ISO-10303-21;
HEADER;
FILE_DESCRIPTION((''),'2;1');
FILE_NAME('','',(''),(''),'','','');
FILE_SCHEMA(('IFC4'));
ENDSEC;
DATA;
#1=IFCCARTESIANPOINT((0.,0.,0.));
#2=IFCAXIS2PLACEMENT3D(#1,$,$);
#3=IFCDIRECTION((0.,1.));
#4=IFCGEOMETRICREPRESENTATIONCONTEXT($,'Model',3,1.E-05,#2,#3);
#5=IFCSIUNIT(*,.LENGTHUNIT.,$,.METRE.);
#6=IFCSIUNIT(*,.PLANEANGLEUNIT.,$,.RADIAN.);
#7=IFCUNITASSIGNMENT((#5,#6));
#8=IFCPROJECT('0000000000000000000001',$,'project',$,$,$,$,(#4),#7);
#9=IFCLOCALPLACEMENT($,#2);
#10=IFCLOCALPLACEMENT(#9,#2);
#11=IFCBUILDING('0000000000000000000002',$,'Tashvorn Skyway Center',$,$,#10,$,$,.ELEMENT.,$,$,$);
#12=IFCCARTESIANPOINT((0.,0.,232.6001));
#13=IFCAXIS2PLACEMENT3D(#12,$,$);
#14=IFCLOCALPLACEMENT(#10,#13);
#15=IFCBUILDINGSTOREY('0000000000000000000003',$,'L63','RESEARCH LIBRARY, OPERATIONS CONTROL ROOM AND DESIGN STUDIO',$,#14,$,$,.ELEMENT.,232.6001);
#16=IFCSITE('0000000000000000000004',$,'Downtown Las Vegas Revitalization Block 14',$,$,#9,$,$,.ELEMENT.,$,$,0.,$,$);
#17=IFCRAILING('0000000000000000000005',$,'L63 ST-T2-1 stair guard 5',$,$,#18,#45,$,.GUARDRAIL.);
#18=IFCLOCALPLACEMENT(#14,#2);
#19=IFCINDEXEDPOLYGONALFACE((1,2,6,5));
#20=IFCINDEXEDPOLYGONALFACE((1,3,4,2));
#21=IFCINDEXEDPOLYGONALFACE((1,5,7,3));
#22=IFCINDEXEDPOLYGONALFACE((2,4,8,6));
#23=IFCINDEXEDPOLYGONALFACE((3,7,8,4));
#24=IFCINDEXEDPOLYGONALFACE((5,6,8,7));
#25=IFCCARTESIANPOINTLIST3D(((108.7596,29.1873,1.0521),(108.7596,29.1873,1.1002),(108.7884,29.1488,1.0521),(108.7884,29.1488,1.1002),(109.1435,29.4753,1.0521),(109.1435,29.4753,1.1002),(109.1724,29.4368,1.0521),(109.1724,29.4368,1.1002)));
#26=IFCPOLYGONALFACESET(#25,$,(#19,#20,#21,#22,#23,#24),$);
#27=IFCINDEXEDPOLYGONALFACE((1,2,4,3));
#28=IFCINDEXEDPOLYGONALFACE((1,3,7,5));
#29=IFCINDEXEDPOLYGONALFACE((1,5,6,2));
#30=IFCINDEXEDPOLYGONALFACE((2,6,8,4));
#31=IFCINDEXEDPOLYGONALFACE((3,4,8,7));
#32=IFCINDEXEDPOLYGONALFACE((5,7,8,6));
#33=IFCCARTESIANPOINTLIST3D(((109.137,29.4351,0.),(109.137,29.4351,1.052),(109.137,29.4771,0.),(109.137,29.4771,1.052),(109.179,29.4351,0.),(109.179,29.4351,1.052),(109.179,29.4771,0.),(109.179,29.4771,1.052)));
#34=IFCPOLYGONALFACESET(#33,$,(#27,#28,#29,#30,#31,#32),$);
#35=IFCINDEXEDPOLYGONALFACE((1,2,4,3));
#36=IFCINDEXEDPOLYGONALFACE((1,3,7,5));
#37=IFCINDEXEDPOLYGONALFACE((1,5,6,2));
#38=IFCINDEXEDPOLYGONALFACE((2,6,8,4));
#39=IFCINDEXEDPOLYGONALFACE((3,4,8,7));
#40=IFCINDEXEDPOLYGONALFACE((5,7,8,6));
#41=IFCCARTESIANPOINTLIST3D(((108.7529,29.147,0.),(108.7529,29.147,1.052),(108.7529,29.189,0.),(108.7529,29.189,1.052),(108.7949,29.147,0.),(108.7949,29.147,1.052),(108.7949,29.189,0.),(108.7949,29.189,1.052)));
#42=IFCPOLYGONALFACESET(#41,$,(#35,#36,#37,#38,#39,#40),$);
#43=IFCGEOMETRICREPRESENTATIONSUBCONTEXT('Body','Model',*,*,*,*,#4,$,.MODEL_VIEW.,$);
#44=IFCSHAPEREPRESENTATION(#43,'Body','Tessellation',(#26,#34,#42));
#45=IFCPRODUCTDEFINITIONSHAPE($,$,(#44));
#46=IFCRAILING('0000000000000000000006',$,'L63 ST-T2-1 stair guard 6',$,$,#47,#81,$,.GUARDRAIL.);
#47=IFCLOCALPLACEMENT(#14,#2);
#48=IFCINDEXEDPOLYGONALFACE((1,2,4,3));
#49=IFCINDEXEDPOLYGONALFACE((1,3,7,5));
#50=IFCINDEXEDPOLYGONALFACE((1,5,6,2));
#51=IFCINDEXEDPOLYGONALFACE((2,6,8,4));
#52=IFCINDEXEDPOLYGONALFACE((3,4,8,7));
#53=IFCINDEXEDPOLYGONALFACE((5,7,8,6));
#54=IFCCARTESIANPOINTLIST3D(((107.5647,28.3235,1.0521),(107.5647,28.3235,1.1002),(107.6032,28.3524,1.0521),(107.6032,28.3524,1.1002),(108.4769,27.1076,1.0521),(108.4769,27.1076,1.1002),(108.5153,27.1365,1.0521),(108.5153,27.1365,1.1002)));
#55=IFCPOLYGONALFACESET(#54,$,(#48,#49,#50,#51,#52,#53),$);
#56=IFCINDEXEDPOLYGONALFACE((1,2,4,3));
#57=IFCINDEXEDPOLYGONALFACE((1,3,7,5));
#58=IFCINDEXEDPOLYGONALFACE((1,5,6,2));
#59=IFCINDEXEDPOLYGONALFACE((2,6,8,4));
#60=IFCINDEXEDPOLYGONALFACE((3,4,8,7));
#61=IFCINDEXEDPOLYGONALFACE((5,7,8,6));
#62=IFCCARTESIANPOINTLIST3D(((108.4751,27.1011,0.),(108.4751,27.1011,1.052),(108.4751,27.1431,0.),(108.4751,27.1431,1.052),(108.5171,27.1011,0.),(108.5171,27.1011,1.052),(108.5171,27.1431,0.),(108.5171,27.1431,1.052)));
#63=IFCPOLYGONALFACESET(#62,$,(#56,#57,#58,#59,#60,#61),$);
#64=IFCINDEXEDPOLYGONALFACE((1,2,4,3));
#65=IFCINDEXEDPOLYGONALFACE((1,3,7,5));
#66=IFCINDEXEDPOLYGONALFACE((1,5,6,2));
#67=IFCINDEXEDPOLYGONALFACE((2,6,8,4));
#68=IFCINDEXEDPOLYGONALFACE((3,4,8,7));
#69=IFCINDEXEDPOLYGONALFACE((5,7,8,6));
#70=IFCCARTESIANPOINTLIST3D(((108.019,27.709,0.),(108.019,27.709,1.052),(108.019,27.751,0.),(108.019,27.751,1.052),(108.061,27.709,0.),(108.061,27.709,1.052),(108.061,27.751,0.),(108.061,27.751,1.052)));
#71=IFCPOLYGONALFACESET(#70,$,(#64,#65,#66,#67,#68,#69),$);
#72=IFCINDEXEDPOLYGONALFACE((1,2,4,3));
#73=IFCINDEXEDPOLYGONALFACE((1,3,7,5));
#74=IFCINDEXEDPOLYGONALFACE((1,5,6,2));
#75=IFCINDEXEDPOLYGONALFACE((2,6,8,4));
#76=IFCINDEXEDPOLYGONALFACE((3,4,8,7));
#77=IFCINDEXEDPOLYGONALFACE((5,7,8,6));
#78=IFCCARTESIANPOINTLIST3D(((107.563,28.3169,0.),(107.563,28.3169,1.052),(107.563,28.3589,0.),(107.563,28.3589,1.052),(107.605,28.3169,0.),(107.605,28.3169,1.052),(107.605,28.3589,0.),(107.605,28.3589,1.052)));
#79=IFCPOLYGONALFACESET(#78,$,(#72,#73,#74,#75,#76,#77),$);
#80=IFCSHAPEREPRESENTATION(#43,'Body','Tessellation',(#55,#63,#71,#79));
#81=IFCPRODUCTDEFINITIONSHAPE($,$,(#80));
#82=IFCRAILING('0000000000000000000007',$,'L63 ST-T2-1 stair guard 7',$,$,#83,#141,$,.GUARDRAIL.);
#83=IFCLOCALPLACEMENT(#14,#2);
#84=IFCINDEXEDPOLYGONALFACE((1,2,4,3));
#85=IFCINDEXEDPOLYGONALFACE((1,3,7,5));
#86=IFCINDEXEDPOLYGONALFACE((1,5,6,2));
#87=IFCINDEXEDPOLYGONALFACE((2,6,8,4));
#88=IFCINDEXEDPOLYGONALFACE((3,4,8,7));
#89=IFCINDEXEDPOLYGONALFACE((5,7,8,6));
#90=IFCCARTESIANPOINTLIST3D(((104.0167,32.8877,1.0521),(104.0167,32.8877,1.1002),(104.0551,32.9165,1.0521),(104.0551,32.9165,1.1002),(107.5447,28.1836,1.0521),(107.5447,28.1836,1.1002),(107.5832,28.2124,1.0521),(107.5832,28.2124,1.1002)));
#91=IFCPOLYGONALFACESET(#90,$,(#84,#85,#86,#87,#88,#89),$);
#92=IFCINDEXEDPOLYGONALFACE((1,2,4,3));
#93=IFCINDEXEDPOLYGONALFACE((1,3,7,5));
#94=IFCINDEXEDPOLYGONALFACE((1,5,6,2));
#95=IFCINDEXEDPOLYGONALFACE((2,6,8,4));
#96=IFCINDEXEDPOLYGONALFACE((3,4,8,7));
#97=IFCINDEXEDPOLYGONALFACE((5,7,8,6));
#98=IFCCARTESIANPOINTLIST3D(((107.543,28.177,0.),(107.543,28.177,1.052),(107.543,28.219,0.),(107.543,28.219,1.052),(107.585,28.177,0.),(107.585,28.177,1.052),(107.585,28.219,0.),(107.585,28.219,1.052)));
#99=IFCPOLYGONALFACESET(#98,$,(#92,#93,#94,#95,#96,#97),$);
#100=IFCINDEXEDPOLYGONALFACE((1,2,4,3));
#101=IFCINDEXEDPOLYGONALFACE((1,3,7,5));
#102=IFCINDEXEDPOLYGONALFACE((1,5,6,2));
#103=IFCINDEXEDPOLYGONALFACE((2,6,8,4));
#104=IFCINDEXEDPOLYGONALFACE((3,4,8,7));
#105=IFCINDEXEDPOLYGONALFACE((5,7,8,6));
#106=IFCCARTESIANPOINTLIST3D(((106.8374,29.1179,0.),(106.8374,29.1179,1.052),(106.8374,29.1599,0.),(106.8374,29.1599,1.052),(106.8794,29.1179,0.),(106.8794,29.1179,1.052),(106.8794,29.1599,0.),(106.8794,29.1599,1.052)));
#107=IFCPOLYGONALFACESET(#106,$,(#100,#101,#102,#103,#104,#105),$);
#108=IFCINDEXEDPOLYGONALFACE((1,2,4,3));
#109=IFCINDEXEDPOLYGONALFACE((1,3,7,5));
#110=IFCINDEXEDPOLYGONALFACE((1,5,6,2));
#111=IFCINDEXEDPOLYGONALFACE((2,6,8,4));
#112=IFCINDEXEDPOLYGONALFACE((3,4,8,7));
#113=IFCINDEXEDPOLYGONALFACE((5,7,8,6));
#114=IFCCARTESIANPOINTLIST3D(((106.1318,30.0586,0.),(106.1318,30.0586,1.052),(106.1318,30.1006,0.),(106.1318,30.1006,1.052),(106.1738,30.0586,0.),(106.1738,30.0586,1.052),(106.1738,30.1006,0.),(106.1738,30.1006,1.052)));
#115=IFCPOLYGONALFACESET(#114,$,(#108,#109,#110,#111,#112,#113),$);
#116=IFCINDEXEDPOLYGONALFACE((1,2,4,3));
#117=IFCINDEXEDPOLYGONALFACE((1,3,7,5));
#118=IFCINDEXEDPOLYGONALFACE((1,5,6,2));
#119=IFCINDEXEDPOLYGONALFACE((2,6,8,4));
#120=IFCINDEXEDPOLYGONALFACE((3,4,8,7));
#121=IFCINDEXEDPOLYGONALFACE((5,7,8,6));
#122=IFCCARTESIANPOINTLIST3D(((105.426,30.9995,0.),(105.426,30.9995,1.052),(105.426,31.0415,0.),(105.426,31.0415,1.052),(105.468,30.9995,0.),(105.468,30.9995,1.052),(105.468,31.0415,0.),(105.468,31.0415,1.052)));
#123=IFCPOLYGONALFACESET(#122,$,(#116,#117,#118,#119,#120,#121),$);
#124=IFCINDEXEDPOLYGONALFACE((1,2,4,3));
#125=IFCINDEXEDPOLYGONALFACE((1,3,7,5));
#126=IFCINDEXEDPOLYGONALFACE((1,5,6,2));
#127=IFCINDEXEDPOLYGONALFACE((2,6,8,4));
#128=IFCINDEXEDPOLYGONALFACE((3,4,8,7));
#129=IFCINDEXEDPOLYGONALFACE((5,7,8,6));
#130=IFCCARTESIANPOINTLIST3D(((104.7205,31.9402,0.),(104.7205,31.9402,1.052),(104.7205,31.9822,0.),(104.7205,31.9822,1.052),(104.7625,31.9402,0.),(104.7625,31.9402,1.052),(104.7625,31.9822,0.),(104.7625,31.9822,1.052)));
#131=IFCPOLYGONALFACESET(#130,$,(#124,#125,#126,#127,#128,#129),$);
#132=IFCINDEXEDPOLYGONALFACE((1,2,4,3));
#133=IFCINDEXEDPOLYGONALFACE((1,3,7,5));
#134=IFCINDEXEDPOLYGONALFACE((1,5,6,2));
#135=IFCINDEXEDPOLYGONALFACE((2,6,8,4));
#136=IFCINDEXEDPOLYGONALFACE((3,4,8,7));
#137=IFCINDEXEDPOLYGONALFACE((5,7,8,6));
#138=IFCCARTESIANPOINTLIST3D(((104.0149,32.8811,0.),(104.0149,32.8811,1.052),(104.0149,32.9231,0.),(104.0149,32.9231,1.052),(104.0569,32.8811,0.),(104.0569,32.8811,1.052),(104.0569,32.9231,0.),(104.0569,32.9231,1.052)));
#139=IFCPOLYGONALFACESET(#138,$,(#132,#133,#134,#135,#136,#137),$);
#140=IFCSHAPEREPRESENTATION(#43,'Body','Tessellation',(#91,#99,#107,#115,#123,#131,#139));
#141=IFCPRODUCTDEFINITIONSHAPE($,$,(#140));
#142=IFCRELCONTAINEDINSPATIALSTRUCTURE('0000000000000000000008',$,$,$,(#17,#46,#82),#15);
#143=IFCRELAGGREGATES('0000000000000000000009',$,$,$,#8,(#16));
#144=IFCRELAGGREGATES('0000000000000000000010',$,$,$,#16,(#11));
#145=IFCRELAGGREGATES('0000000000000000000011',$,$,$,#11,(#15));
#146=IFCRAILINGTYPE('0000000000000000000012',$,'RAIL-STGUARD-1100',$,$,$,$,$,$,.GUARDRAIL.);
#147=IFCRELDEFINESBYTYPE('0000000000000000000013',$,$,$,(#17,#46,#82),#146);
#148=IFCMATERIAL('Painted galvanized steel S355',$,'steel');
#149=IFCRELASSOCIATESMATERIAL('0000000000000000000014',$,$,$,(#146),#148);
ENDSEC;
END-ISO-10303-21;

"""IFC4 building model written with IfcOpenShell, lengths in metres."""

from ifc_helpers import new_model, si_unit, direction, frame, origin, origin_2d, place, context, subcontext, project, spatial, rectangle, extrude, material, type_object, element, save


model = new_model("IFC4")

# Units and contexts
model_context = context("Model", 3, precision=1e-05, world=origin(), true_north=direction((0.0, 1.0)))
body_context = subcontext(model_context, "Body", "Model", "MODEL_VIEW")
ifc_project = project(units=[si_unit("LENGTHUNIT", "METRE"), si_unit("PLANEANGLEUNIT", "RADIAN")], contexts=[model_context])

# Site, building, storey
site_placement = place(None, origin())
site = spatial("IfcSite", under=ifc_project, at=site_placement, Name="Downtown Las Vegas Revitalization Block 14", CompositionType="ELEMENT", RefElevation=0.0)
building_placement = place(site_placement, origin())
building = spatial("IfcBuilding", under=site, at=building_placement, Name="Tashvorn Skyway Center", CompositionType="ELEMENT")
storey_placement = place(building_placement, frame((0.0, 0.0, 232.6001)))
storey = spatial("IfcBuildingStorey", under=building, at=storey_placement, Name="L63", Description="RESEARCH LIBRARY, OPERATIONS CONTROL ROOM AND DESIGN STUDIO", CompositionType="ELEMENT", Elevation=232.6001)

# Railings
ifc_material_1 = material(Name="Painted galvanized steel S355", Category="steel")
railing_type = type_object("IfcRailingType", Name="RAIL-STGUARD-1100", PredefinedType="GUARDRAIL", material=ifc_material_1)
railing_1_placement = place(storey_placement, frame((109.158, 29.4561, 0.0)))
element("IfcRailing", 1, at=railing_1_placement, inside=storey, type_object=railing_type, Name="L63 ST-T2-1 stair guard 5", PredefinedType="GUARDRAIL", context=body_context, shape_type="SweptSolid", body=[
    extrude(rectangle(XDim=0.0481, YDim=0.0481, at=origin_2d()), frame((0.0, 0.0, 1.0762), z_axis=(-0.799939, -0.600081, 0.0), x_axis=(0.600081, -0.799939, 0.0)), (0.0, 0.0, 1.0), 0.48),
    extrude(rectangle(XDim=0.042, YDim=0.042, at=origin_2d()), origin(), (0.0, 0.0, 1.0), 1.052),
    extrude(rectangle(XDim=0.042, YDim=0.042, at=origin_2d()), frame((-0.384, -0.2881, 0.0)), (0.0, 0.0, 1.0), 1.052),
])
railing_2_placement = place(storey_placement, frame((108.4961, 27.1221, 0.0)))
element("IfcRailing", 2, at=railing_2_placement, inside=storey, type_object=railing_type, Name="L63 ST-T2-1 stair guard 6", PredefinedType="GUARDRAIL", context=body_context, shape_type="SweptSolid", body=[
    extrude(rectangle(XDim=0.0481, YDim=0.0481, at=origin_2d()), frame((0.0, 0.0, 1.0762), z_axis=(-0.600103, 0.799923, 0.0), x_axis=(-0.799923, -0.600103, 0.0)), (0.0, 0.0, 1.0), 1.52),
    extrude(rectangle(XDim=0.042, YDim=0.042, at=origin_2d()), origin(), (0.0, 0.0, 1.0), 1.052),
    extrude(rectangle(XDim=0.042, YDim=0.042, at=origin_2d()), frame((-0.4561, 0.6079, 0.0)), (0.0, 0.0, 1.0), 1.052),
    extrude(rectangle(XDim=0.042, YDim=0.042, at=origin_2d()), frame((-0.9121, 1.2158, 0.0)), (0.0, 0.0, 1.0), 1.052),
])
railing_3_placement = place(storey_placement, frame((107.564, 28.198, 0.0)))
element("IfcRailing", 3, at=railing_3_placement, inside=storey, type_object=railing_type, Name="L63 ST-T2-1 stair guard 7", PredefinedType="GUARDRAIL", context=body_context, shape_type="SweptSolid", body=[
    extrude(rectangle(XDim=0.0481, YDim=0.0481, at=origin_2d()), frame((0.0, 0.0, 1.0762), z_axis=(-0.6, 0.8, 0.0), x_axis=(-0.8, -0.6, 0.0)), (0.0, 0.0, 1.0), 5.8801),
    extrude(rectangle(XDim=0.042, YDim=0.042, at=origin_2d()), origin(), (0.0, 0.0, 1.0), 1.052),
    extrude(rectangle(XDim=0.042, YDim=0.042, at=origin_2d()), frame((-0.7056, 0.9409, 0.0)), (0.0, 0.0, 1.0), 1.052),
    extrude(rectangle(XDim=0.042, YDim=0.042, at=origin_2d()), frame((-1.4111, 1.8816, 0.0)), (0.0, 0.0, 1.0), 1.052),
    extrude(rectangle(XDim=0.042, YDim=0.042, at=origin_2d()), frame((-2.1169, 2.8225, 0.0)), (0.0, 0.0, 1.0), 1.052),
    extrude(rectangle(XDim=0.042, YDim=0.042, at=origin_2d()), frame((-2.8225, 3.7632, 0.0)), (0.0, 0.0, 1.0), 1.052),
    extrude(rectangle(XDim=0.042, YDim=0.042, at=origin_2d()), frame((-3.5281, 4.7041, 0.0)), (0.0, 0.0, 1.0), 1.052),
])

save(model, "model.ifc")
